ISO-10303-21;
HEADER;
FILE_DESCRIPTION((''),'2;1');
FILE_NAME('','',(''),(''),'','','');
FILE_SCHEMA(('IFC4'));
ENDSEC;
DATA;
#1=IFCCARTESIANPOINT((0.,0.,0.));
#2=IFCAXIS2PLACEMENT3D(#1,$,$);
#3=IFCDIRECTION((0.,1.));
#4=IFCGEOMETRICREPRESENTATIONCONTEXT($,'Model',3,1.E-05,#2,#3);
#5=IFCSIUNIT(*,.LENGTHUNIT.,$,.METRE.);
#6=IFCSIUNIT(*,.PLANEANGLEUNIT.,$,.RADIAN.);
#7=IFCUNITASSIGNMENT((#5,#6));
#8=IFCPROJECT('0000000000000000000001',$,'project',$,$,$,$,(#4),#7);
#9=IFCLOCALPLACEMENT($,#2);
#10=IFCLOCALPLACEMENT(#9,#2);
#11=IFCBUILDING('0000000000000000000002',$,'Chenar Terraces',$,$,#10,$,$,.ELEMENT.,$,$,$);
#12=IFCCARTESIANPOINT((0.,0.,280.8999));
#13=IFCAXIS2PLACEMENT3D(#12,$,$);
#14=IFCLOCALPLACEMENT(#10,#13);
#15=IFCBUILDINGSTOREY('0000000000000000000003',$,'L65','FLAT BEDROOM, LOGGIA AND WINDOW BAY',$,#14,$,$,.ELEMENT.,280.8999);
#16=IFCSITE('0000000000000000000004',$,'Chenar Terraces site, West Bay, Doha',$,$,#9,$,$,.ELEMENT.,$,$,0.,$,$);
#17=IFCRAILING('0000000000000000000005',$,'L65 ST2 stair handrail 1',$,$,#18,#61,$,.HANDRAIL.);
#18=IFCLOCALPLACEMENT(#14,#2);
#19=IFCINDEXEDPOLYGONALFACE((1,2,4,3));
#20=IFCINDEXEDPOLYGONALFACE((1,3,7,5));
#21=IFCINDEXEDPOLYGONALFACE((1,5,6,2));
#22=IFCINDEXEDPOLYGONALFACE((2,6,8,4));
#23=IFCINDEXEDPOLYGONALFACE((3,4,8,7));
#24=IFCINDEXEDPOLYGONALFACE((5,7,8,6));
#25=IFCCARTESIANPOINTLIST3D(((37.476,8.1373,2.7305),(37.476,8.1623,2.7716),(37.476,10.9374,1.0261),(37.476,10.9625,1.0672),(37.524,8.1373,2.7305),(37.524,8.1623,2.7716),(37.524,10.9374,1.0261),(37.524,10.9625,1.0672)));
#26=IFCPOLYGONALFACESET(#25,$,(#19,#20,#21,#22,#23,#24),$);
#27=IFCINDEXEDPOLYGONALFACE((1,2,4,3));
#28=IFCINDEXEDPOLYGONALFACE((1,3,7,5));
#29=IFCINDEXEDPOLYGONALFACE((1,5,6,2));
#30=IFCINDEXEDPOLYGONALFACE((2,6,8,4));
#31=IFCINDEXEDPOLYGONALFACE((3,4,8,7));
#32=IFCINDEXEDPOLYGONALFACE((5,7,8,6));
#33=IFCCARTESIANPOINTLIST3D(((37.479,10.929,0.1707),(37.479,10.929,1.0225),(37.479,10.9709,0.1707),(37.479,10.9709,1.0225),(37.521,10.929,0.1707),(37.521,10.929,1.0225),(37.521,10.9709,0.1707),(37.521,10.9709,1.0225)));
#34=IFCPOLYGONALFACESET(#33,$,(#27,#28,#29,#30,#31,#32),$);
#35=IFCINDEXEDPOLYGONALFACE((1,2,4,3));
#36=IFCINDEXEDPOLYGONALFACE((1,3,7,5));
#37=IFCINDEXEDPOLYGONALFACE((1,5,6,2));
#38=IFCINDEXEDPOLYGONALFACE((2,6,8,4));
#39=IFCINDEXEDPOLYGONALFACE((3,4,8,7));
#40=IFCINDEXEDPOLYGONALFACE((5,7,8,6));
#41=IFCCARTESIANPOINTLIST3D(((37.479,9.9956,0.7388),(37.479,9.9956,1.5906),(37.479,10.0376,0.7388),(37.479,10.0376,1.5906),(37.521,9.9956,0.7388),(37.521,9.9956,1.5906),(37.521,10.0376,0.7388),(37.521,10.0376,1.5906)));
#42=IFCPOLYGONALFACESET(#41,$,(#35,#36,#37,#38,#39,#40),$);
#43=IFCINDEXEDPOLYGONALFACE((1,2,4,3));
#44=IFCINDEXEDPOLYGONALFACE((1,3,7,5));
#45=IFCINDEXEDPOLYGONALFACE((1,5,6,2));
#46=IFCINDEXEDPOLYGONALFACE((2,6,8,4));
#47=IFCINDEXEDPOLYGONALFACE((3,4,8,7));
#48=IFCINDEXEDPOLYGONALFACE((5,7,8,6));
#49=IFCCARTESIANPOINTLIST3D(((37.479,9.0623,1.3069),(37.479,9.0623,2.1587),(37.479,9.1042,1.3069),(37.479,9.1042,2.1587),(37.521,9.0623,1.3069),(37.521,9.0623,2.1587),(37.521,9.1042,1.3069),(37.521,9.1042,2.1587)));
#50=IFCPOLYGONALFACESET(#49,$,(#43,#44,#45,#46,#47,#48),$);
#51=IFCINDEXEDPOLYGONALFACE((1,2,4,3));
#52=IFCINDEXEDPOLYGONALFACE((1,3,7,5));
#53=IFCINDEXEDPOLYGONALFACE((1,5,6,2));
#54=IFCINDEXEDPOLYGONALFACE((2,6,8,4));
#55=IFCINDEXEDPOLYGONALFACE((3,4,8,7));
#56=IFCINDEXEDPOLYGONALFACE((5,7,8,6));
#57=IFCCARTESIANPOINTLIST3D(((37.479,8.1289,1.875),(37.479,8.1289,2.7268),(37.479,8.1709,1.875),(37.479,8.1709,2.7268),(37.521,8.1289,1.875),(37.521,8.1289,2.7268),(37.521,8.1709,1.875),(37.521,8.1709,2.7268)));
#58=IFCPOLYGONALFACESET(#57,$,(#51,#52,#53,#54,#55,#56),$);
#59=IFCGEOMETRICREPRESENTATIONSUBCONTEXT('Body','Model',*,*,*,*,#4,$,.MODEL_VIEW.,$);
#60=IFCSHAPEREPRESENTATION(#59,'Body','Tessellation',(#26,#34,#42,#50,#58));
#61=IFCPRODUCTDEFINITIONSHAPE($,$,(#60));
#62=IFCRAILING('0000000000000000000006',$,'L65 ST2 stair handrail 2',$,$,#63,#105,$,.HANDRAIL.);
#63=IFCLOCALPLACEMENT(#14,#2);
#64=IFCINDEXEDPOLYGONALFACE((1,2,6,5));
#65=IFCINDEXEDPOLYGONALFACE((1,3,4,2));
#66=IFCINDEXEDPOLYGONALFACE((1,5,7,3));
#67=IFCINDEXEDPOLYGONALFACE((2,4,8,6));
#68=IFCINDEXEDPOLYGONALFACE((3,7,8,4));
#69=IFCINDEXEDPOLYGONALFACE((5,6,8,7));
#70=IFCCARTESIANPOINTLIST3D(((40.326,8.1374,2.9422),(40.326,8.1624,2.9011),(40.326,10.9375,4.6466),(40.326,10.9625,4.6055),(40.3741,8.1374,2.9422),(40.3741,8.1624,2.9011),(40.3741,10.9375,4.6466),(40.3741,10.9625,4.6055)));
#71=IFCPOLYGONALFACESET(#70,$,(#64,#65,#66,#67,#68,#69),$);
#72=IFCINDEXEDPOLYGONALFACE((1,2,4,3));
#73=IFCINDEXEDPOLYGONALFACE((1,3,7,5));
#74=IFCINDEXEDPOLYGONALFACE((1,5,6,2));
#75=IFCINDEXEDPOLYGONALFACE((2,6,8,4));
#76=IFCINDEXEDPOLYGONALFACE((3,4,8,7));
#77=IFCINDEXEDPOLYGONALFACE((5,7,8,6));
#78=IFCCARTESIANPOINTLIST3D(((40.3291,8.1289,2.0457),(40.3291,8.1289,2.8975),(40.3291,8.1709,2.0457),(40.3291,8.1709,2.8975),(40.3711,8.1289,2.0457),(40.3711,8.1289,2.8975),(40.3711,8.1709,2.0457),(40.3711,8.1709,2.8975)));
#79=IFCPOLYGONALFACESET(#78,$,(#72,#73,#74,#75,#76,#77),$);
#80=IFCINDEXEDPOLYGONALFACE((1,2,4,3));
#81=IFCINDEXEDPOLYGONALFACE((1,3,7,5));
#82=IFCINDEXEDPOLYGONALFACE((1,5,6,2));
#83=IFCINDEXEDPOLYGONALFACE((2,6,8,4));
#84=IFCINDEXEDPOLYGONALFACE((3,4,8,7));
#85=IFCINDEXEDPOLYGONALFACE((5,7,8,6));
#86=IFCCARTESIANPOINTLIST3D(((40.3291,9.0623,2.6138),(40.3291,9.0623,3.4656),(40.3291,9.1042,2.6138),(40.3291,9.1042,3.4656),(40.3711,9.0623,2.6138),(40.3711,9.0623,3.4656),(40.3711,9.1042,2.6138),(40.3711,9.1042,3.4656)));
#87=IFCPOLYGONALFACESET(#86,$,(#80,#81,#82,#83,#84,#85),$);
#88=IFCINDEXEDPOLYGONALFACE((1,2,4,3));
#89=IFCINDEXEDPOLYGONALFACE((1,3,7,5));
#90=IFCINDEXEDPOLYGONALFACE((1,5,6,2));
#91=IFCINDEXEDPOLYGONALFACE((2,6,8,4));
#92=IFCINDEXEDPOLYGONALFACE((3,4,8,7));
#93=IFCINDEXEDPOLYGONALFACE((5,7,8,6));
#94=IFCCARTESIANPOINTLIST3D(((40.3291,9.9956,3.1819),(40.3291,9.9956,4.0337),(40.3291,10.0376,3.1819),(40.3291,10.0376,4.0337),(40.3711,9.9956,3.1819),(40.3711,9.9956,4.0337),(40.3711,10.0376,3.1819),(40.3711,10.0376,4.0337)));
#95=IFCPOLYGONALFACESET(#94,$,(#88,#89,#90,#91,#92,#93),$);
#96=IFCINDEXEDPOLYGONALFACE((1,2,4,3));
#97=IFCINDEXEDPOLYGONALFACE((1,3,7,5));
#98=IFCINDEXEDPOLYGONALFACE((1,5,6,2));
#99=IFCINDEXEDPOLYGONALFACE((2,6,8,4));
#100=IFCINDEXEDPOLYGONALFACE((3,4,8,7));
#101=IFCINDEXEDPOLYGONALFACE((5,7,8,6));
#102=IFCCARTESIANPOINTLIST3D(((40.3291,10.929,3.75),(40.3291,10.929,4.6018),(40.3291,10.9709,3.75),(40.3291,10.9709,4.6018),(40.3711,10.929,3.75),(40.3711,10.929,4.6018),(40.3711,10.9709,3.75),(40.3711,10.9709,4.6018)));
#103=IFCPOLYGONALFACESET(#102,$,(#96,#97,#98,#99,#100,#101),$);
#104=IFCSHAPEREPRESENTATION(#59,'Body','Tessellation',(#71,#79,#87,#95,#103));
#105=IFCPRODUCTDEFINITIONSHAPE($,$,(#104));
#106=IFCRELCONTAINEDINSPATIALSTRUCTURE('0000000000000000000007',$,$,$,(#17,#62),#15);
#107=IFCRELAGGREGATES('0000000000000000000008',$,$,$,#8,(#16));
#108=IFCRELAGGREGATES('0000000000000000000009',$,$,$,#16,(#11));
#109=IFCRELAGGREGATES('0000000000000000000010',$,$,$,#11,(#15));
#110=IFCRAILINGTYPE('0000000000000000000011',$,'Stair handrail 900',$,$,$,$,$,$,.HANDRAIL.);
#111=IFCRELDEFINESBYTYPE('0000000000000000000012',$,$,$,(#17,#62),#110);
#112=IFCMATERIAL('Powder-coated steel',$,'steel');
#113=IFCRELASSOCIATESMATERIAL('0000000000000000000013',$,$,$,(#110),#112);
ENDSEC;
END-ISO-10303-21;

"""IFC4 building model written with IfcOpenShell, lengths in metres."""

from ifc_helpers import new_model, si_unit, direction, frame, origin, origin_2d, place, context, subcontext, project, spatial, rectangle, extrude, material, type_object, element, save


model = new_model("IFC4")

# Units and contexts
model_context = context("Model", 3, precision=1e-05, world=origin(), true_north=direction((0.0, 1.0)))
body_context = subcontext(model_context, "Body", "Model", "MODEL_VIEW")
ifc_project = project(units=[si_unit("LENGTHUNIT", "METRE"), si_unit("PLANEANGLEUNIT", "RADIAN")], contexts=[model_context])

# Site, building, storey
site_placement = place(None, origin())
site = spatial("IfcSite", under=ifc_project, at=site_placement, Name="Chenar Terraces site, West Bay, Doha", CompositionType="ELEMENT", RefElevation=0.0)
building_placement = place(site_placement, origin())
building = spatial("IfcBuilding", under=site, at=building_placement, Name="Chenar Terraces", CompositionType="ELEMENT")
storey_placement = place(building_placement, frame((0.0, 0.0, 280.8999)))
storey = spatial("IfcBuildingStorey", under=building, at=storey_placement, Name="L65", Description="FLAT BEDROOM, LOGGIA AND WINDOW BAY", CompositionType="ELEMENT", Elevation=280.8999)

# Railings
ifc_material_1 = material(Name="Powder-coated steel", Category="steel")
railing_type_1 = type_object("IfcRailingType", Name="Stair handrail 900", PredefinedType="HANDRAIL", material=ifc_material_1)
railing_1_placement = place(storey_placement, frame((37.5, 10.95, 0.1707)))
element("IfcRailing", 1, at=railing_1_placement, inside=storey, type_object=railing_type_1, Name="L65 ST2 stair handrail 1", PredefinedType="HANDRAIL", context=body_context, shape_type="SweptSolid", body=[
    extrude(rectangle(XDim=0.0481, YDim=0.0481, at=origin_2d()), frame((0.0, 0.0, 0.876), z_axis=(0.0, -0.854203, 0.51994), x_axis=(1.0, 0.0, 0.0)), (0.0, 0.0, 1.0), 3.2781),
    extrude(rectangle(XDim=0.042, YDim=0.042, at=origin_2d()), origin(), (0.0, 0.0, 1.0), 0.8518),
    extrude(rectangle(XDim=0.042, YDim=0.042, at=origin_2d()), frame((0.0, -0.9333, 0.5681)), (0.0, 0.0, 1.0), 0.8518),
    extrude(rectangle(XDim=0.042, YDim=0.042, at=origin_2d()), frame((0.0, -1.8667, 1.1362)), (0.0, 0.0, 1.0), 0.8518),
    extrude(rectangle(XDim=0.042, YDim=0.042, at=origin_2d()), frame((0.0, -2.8, 1.7043)), (0.0, 0.0, 1.0), 0.8518),
])
railing_2_placement = place(storey_placement, frame((40.3501, 8.1499, 2.0457)))
element("IfcRailing", 2, at=railing_2_placement, inside=storey, type_object=railing_type_1, Name="L65 ST2 stair handrail 2", PredefinedType="HANDRAIL", context=body_context, shape_type="SweptSolid", body=[
    extrude(rectangle(XDim=0.0481, YDim=0.0481, at=origin_2d()), frame((0.0, 0.0, 0.876), z_axis=(0.0, 0.854203, 0.51994), x_axis=(-1.0, 0.0, 0.0)), (0.0, 0.0, 1.0), 3.2781),
    extrude(rectangle(XDim=0.042, YDim=0.042, at=origin_2d()), origin(), (0.0, 0.0, 1.0), 0.8518),
    extrude(rectangle(XDim=0.042, YDim=0.042, at=origin_2d()), frame((0.0, 0.9333, 0.5681)), (0.0, 0.0, 1.0), 0.8518),
    extrude(rectangle(XDim=0.042, YDim=0.042, at=origin_2d()), frame((0.0, 1.8667, 1.1362)), (0.0, 0.0, 1.0), 0.8518),
    extrude(rectangle(XDim=0.042, YDim=0.042, at=origin_2d()), frame((0.0, 2.8, 1.7043)), (0.0, 0.0, 1.0), 0.8518),
])

save(model, "model.ifc")
